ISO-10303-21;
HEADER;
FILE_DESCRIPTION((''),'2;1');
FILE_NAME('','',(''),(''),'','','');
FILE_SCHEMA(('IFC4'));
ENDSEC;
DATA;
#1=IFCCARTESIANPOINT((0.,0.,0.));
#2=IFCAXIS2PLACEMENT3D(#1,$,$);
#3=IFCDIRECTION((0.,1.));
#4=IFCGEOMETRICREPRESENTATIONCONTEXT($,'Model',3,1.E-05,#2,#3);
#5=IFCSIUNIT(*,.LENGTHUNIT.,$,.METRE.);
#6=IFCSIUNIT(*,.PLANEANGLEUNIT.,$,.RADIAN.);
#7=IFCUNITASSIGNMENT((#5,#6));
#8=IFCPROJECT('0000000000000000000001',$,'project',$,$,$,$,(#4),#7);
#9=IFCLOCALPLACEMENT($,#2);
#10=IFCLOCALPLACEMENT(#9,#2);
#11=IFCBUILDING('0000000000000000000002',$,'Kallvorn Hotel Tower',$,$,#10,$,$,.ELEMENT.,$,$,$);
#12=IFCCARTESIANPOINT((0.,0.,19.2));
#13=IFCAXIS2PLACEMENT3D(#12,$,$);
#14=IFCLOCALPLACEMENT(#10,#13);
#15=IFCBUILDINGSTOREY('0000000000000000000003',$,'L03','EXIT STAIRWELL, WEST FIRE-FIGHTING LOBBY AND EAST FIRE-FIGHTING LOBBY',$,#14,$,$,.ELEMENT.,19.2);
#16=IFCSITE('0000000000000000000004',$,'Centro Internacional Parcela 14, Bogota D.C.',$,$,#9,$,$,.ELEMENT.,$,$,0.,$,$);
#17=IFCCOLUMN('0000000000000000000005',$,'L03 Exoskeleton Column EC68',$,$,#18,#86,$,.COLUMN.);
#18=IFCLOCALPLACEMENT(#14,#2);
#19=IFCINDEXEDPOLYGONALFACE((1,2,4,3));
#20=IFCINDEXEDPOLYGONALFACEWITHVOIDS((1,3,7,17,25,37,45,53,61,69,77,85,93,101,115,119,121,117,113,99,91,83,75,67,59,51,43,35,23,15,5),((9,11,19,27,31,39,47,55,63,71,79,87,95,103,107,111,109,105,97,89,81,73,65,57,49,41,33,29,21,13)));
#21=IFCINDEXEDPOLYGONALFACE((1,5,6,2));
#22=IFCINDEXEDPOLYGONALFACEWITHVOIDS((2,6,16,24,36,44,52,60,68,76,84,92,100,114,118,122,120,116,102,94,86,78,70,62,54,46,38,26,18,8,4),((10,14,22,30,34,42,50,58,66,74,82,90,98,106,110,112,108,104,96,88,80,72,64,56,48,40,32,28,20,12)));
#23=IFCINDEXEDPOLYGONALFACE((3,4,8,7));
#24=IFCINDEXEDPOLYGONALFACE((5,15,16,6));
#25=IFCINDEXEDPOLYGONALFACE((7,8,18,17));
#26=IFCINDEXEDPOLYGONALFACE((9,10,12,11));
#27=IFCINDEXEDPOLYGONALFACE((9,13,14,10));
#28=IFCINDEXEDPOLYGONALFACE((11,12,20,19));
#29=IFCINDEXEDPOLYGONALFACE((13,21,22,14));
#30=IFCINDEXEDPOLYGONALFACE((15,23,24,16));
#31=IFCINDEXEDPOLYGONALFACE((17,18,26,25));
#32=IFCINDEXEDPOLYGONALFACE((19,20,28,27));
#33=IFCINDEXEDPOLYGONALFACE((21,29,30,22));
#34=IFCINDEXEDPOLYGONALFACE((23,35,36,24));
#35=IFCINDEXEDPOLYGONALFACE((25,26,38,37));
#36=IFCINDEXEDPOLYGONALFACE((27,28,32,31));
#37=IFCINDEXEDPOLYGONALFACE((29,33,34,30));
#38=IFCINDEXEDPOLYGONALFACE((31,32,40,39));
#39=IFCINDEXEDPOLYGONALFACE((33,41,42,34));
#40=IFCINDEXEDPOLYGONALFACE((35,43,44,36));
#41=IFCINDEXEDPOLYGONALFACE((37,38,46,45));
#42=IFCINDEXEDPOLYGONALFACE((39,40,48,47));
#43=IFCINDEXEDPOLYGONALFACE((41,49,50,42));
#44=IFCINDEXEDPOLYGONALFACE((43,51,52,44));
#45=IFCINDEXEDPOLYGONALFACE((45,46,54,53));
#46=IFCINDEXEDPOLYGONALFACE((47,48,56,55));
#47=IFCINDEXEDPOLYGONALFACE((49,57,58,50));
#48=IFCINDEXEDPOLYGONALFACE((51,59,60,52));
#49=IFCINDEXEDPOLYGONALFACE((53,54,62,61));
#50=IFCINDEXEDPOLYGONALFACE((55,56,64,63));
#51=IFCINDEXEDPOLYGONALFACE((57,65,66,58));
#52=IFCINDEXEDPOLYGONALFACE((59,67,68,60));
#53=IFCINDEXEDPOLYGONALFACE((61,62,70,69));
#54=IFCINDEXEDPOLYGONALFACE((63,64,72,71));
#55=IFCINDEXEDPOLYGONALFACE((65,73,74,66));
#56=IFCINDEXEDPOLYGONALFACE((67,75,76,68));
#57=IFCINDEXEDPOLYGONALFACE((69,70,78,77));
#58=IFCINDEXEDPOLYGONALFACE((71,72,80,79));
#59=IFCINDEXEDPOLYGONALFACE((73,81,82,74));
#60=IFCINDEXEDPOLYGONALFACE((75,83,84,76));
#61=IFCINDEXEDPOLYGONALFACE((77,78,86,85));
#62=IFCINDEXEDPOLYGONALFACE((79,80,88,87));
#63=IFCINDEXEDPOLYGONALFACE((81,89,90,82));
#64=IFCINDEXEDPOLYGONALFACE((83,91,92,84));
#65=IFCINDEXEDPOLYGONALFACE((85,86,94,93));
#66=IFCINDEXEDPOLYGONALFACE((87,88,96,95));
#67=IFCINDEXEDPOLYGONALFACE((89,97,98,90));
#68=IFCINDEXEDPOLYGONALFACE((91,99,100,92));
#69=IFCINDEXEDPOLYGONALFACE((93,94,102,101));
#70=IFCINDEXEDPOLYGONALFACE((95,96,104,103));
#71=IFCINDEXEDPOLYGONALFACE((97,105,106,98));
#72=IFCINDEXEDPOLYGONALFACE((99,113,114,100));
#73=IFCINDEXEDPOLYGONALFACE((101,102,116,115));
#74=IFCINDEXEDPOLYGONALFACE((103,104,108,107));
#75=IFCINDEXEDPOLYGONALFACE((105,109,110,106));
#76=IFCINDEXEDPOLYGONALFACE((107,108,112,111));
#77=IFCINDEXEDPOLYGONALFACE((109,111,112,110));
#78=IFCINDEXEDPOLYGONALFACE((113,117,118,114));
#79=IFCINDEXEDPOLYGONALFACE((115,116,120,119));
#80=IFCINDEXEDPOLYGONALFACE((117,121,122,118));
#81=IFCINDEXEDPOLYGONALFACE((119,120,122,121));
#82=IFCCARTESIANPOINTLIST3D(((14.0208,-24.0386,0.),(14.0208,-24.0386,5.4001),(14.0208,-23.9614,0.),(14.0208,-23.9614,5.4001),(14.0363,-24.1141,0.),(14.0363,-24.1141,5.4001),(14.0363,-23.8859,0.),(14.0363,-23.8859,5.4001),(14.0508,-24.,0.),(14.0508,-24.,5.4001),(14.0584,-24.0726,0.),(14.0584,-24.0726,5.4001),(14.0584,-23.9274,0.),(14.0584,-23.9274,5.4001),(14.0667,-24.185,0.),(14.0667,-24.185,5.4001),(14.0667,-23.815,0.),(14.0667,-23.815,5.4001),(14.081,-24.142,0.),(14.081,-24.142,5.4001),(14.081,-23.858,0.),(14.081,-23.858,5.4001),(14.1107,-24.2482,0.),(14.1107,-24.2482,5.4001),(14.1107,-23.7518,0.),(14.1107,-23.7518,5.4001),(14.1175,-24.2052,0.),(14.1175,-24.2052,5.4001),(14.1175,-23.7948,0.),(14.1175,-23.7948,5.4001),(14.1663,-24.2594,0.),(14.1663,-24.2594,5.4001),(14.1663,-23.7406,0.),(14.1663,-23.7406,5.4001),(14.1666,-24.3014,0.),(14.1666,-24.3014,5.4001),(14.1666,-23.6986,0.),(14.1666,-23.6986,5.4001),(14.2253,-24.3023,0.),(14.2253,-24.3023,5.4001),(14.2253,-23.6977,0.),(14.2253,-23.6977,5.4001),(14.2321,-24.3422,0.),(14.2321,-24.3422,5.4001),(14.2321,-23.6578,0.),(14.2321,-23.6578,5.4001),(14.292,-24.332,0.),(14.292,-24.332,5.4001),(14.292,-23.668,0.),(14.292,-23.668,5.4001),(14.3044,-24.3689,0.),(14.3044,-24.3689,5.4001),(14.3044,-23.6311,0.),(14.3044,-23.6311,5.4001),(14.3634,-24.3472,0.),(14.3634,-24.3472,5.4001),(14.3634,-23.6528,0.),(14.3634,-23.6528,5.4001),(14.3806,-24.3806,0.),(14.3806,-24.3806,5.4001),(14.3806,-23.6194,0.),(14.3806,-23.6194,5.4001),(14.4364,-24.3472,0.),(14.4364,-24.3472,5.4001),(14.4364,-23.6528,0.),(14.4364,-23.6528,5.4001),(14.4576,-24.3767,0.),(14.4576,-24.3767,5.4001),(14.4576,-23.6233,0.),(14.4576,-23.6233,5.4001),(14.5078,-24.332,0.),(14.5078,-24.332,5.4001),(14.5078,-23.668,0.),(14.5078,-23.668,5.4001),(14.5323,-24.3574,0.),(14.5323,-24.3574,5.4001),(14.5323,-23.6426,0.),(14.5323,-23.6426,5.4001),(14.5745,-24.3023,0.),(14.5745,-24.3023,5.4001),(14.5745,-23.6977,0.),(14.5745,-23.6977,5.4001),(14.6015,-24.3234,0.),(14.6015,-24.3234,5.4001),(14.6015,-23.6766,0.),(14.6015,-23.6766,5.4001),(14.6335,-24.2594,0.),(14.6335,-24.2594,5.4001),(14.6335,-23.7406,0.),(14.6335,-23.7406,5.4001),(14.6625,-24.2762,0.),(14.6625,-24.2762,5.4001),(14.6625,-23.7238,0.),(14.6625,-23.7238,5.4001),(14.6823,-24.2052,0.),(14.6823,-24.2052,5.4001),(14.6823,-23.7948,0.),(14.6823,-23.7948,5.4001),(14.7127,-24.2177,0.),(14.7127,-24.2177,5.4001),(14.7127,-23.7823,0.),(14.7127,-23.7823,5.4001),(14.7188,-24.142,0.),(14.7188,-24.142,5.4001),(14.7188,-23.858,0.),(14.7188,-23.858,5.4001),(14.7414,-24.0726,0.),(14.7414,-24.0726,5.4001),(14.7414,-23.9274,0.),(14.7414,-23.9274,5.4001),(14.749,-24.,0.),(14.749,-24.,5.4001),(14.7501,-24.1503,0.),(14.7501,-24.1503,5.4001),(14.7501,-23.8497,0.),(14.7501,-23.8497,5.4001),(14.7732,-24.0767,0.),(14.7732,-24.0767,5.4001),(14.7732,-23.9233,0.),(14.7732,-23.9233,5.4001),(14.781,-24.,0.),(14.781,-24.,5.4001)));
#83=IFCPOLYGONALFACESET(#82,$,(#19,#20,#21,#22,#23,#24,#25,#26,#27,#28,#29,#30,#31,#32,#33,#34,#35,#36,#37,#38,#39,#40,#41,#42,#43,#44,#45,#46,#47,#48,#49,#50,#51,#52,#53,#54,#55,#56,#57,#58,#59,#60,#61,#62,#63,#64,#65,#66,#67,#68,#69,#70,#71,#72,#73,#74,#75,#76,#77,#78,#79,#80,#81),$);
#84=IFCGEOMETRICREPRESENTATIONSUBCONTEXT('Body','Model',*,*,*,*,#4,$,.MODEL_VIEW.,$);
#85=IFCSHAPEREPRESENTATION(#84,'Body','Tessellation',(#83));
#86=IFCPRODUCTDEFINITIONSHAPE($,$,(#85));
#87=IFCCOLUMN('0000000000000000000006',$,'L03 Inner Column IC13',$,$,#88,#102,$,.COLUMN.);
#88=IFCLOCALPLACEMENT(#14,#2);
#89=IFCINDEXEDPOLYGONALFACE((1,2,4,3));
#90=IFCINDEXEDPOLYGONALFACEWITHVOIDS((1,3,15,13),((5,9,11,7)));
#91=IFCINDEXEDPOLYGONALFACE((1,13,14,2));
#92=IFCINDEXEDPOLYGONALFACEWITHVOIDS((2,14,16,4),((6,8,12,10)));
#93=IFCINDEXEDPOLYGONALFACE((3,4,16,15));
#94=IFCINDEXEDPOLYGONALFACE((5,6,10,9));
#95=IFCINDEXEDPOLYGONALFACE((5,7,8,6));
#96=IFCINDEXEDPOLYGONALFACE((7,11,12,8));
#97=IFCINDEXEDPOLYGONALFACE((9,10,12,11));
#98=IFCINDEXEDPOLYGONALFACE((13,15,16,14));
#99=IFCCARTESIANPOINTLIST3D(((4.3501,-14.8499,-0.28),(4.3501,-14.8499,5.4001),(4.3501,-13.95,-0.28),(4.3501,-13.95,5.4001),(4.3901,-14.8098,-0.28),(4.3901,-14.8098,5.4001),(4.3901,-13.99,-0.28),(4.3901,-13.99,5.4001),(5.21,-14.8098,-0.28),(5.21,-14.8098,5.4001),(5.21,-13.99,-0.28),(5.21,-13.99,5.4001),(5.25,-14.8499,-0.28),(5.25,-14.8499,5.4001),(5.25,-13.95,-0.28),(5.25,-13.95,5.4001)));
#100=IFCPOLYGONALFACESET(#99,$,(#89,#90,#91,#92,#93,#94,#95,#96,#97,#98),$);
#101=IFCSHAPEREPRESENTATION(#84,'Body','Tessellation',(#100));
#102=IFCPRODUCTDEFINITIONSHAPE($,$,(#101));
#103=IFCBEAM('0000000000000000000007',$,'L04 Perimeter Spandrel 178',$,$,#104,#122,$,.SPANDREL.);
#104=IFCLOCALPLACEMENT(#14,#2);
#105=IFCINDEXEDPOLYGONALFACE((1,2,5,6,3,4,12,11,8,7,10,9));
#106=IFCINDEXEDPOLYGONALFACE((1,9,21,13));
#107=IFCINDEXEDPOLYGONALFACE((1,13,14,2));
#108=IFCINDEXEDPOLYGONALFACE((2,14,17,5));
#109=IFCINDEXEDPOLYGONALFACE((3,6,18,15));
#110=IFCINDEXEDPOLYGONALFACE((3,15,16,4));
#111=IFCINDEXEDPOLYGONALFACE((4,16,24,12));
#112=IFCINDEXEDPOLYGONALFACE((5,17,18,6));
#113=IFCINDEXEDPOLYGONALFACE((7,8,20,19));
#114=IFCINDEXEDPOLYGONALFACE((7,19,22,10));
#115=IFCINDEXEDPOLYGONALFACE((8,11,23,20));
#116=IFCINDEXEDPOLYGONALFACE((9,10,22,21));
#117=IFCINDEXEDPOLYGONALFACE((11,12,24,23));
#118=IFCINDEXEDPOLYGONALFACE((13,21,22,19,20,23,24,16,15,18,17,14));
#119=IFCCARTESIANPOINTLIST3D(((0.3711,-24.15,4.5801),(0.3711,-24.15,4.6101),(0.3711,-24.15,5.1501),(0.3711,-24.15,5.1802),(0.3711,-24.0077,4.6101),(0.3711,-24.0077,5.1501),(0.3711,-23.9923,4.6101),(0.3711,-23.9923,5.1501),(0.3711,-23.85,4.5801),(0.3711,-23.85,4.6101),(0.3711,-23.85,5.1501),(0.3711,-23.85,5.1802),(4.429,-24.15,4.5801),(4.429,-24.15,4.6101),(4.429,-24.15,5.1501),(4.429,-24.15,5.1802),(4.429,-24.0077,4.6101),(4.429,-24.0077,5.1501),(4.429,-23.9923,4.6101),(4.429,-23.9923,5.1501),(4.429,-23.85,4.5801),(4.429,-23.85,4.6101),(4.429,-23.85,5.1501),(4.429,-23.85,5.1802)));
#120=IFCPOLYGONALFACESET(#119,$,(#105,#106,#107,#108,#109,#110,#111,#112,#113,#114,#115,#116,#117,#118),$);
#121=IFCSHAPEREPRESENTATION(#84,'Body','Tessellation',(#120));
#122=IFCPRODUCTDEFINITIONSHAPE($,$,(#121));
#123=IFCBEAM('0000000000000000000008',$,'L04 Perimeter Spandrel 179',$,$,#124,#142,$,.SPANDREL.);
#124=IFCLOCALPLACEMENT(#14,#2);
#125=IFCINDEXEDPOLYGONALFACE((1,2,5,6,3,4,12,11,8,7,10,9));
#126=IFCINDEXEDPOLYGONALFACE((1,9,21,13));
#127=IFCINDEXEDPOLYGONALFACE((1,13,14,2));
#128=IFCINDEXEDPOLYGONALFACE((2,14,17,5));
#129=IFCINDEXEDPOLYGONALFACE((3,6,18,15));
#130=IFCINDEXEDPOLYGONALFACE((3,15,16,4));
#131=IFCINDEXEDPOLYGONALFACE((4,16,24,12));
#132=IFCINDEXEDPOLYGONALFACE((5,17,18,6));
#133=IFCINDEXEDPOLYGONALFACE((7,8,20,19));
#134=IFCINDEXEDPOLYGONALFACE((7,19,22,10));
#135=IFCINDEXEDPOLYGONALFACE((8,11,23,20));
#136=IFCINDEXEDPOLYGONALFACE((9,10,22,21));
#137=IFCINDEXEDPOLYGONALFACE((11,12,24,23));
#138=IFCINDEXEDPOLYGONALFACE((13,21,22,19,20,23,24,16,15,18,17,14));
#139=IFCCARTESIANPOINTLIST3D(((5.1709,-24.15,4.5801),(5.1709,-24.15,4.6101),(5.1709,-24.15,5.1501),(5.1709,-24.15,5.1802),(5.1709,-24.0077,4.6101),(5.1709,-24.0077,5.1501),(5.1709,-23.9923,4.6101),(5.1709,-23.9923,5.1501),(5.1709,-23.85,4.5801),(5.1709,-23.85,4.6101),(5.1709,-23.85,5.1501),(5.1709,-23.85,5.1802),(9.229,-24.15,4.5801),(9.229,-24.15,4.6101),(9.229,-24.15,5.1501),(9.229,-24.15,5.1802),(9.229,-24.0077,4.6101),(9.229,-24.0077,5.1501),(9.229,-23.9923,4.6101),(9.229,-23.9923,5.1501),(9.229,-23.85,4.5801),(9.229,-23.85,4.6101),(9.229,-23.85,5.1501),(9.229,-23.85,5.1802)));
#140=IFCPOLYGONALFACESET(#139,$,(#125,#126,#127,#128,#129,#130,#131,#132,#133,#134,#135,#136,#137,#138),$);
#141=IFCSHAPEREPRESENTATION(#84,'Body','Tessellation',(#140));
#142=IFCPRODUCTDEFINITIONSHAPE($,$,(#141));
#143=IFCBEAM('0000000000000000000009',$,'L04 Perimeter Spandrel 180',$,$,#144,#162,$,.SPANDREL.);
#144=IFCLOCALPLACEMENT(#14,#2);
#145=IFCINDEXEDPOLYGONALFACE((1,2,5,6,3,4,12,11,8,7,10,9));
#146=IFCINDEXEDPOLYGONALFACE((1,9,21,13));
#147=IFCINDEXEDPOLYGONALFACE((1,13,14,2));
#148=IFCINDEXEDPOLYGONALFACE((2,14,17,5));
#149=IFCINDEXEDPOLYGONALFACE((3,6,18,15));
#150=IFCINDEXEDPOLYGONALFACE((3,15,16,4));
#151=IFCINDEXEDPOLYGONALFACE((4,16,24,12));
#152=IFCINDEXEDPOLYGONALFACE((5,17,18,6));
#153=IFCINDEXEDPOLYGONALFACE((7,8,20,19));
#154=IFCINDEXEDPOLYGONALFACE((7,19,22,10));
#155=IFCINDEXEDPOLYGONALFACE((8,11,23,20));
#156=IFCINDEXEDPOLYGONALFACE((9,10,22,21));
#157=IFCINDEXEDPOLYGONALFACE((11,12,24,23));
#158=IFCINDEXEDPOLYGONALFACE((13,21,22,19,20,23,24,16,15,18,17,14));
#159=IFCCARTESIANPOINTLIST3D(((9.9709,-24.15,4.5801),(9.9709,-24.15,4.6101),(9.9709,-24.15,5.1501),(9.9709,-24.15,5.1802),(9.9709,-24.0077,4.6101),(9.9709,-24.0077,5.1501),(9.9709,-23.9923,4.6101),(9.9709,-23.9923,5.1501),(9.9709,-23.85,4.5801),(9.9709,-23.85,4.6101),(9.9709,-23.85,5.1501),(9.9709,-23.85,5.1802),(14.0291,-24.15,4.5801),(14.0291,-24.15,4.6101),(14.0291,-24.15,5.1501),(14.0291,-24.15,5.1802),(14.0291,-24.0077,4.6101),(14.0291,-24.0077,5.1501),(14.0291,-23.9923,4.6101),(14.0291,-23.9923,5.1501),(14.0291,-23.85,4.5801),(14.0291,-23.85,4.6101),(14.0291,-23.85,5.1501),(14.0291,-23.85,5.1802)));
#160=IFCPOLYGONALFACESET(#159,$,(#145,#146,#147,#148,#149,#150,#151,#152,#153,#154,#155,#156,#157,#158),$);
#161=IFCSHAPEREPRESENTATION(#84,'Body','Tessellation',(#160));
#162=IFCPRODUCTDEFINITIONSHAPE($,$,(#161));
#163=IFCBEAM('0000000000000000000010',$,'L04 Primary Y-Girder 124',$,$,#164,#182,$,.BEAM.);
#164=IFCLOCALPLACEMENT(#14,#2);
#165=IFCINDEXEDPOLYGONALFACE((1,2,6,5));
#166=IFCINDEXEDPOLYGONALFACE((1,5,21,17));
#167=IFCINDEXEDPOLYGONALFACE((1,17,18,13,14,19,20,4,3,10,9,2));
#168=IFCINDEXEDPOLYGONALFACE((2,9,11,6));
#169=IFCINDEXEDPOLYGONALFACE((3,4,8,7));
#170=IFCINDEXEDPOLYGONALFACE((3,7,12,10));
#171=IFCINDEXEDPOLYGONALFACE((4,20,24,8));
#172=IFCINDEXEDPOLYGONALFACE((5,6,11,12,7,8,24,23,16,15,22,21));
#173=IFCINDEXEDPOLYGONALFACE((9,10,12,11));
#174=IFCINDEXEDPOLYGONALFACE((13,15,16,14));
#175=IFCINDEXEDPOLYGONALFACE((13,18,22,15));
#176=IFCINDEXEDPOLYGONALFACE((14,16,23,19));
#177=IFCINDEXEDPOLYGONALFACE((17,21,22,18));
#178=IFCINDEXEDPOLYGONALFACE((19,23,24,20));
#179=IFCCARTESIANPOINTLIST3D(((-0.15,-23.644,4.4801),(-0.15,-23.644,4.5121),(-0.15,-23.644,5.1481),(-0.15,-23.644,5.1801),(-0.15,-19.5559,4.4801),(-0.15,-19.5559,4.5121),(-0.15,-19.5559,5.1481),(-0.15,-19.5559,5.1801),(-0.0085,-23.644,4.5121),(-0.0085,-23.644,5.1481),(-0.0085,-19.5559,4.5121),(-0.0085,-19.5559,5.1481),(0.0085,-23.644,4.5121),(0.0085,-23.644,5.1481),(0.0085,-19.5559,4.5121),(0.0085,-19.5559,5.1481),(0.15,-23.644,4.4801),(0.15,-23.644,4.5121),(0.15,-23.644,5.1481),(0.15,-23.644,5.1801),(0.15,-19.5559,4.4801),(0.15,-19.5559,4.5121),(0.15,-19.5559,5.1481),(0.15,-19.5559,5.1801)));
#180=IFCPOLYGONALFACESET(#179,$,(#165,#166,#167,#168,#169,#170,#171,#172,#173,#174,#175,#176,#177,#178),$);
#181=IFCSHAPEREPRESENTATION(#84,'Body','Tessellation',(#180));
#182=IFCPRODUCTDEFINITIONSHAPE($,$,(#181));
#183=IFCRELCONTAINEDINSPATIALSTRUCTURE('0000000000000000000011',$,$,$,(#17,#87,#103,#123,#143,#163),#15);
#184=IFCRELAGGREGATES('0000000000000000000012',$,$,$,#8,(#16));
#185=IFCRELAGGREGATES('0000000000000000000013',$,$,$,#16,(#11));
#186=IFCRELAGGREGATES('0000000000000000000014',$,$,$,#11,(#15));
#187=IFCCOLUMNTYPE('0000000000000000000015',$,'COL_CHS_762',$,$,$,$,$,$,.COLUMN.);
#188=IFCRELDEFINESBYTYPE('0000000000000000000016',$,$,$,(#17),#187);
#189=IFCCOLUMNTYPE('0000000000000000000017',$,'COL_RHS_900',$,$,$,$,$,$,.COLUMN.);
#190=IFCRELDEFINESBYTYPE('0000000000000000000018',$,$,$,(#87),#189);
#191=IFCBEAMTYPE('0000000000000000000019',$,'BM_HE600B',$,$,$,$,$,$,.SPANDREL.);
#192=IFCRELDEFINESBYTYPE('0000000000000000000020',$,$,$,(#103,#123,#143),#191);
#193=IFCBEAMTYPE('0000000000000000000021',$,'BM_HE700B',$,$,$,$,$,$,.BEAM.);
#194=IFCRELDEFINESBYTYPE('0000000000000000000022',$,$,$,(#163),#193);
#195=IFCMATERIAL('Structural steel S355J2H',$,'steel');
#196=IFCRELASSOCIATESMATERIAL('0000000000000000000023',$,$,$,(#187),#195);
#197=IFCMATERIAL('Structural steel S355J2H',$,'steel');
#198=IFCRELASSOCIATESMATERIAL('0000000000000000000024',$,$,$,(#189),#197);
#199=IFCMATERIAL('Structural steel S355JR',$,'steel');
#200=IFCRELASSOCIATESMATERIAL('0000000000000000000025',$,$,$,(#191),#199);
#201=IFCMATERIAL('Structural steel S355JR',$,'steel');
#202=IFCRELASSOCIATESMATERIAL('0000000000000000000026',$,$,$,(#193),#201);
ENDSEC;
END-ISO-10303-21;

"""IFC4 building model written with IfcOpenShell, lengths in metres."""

from ifc_helpers import new_model, si_unit, direction, frame, origin, origin_2d, place, context, subcontext, project, spatial, hollow_rectangle, hollow_circle, i_section, extrude, material, material_profile, profile_set, type_object, element, save


model = new_model("IFC4")

# Units and contexts
model_context = context("Model", 3, precision=1e-05, world=origin(), true_north=direction((0.0, 1.0)))
body_context = subcontext(model_context, "Body", "Model", "MODEL_VIEW")
ifc_project = project(units=[si_unit("LENGTHUNIT", "METRE"), si_unit("PLANEANGLEUNIT", "RADIAN")], contexts=[model_context])

# Site, building, storey
site_placement = place(None, origin())
site = spatial("IfcSite", under=ifc_project, at=site_placement, Name="Centro Internacional Parcela 14, Bogota D.C.", CompositionType="ELEMENT", RefElevation=0.0)
building_placement = place(site_placement, origin())
building = spatial("IfcBuilding", under=site, at=building_placement, Name="Kallvorn Hotel Tower", CompositionType="ELEMENT")
storey_placement = place(building_placement, frame((0.0, 0.0, 19.2)))
storey = spatial("IfcBuildingStorey", under=building, at=storey_placement, Name="L03", Description="EXIT STAIRWELL, WEST FIRE-FIGHTING LOBBY AND EAST FIRE-FIGHTING LOBBY", CompositionType="ELEMENT", Elevation=19.2)

# Columns
ifc_material_1 = material(Name="Structural steel S355J2H", Category="steel")
ifc_material_profile_1 = material_profile(ifc_material_1, hollow_circle(Radius=0.3811, WallThickness=0.032, at=origin_2d()), Name="CHS 762x32")
ifc_profile_set_1 = profile_set([ifc_material_profile_1], Name="Structural steel S355J2H")
column_type_1 = type_object("IfcColumnType", Name="COL_CHS_762", PredefinedType="COLUMN", material=ifc_profile_set_1)
for number, where, z_axis, x_axis, name in (
    (1, (14.3999, -24.0, 0.0), (0.0, 0.0, 1.0), (1.0, 0.0, 0.0), "L03 Exoskeleton Column EC68"),
):
    element("IfcColumn", number, at=place(storey_placement, frame(where, z_axis=z_axis, x_axis=x_axis)), inside=storey, type_object=column_type_1, Name=name, PredefinedType="COLUMN", context=body_context, shape_type="SweptSolid", body=[
        extrude(hollow_circle(Radius=0.3811, WallThickness=0.032, at=origin_2d()), origin(), (0.0, 0.0, 1.0), 5.4001),
    ])
ifc_material_2 = material(Name="Structural steel S355J2H", Category="steel")
ifc_material_profile_2 = material_profile(ifc_material_2, hollow_rectangle(XDim=0.8999, YDim=0.8999, WallThickness=0.04, at=origin_2d()), Name="RHS 900x900x40")
ifc_profile_set_2 = profile_set([ifc_material_profile_2], Name="Structural steel S355J2H")
column_type_2 = type_object("IfcColumnType", Name="COL_RHS_900", PredefinedType="COLUMN", material=ifc_profile_set_2)
column_placement = place(storey_placement, frame((4.8, -14.3999, -0.28), z_axis=(0.0, 0.0, 1.0), x_axis=(1.0, 0.0, 0.0)))
element("IfcColumn", 2, at=column_placement, inside=storey, type_object=column_type_2, Name="L03 Inner Column IC13", PredefinedType="COLUMN", context=body_context, shape_type="SweptSolid", body=[
    extrude(hollow_rectangle(XDim=0.8999, YDim=0.8999, WallThickness=0.04, at=origin_2d()), origin(), (0.0, 0.0, 1.0), 5.6802),
])

# Beams
ifc_material_3 = material(Name="Structural steel S355JR", Category="steel")
ifc_material_profile_3 = material_profile(ifc_material_3, i_section(OverallWidth=0.3, OverallDepth=0.6001, WebThickness=0.0154, FlangeThickness=0.03, at=origin_2d()), Name="HE 600 B")
ifc_profile_set_3 = profile_set([ifc_material_profile_3], Name="Structural steel S355JR")
beam_type_1 = type_object("IfcBeamType", Name="BM_HE600B", PredefinedType="SPANDREL", material=ifc_profile_set_3)
beam_1_placement = place(storey_placement, frame((0.3711, -24.0, 4.8801), z_axis=(1.0, 0.0, 0.0), x_axis=(0.0, 1.0, 0.0)))
element("IfcBeam", 3, at=beam_1_placement, inside=storey, type_object=beam_type_1, Name="L04 Perimeter Spandrel 178", PredefinedType="SPANDREL", context=body_context, shape_type="SweptSolid", body=[
    extrude(i_section(OverallWidth=0.3, OverallDepth=0.6001, WebThickness=0.0154, FlangeThickness=0.03, at=origin_2d()), origin(), (0.0, 0.0, 1.0), 4.0579),
])
for number, where, z_axis, x_axis, name in (
    (4, (5.1709, -24.0, 4.8801), (1.0, 0.0, 0.0), (0.0, 1.0, 0.0), "L04 Perimeter Spandrel 179"),
    (5, (9.9709, -24.0, 4.8801), (1.0, 0.0, 0.0), (0.0, 1.0, 0.0), "L04 Perimeter Spandrel 180"),
):
    element("IfcBeam", number, at=place(storey_placement, frame(where, z_axis=z_axis, x_axis=x_axis)), inside=storey, type_object=beam_type_1, Name=name, PredefinedType="SPANDREL", context=body_context, shape_type="SweptSolid", body=[
        extrude(i_section(OverallWidth=0.3, OverallDepth=0.6001, WebThickness=0.0154, FlangeThickness=0.03, at=origin_2d()), origin(), (0.0, 0.0, 1.0), 4.0581),
    ])
ifc_material_4 = material(Name="Structural steel S355JR", Category="steel")
ifc_material_profile_4 = material_profile(ifc_material_4, i_section(OverallWidth=0.3, OverallDepth=0.7, WebThickness=0.0171, FlangeThickness=0.032, at=origin_2d()), Name="HE 700 B")
ifc_profile_set_4 = profile_set([ifc_material_profile_4], Name="Structural steel S355JR")
beam_type_2 = type_object("IfcBeamType", Name="BM_HE700B", PredefinedType="BEAM", material=ifc_profile_set_4)
for number, where, z_axis, x_axis, name in (
    (6, (0.0, -23.644, 4.8301), (0.0, 1.0, 0.0), (-1.0, 0.0, 0.0), "L04 Primary Y-Girder 124"),
):
    element("IfcBeam", number, at=place(storey_placement, frame(where, z_axis=z_axis, x_axis=x_axis)), inside=storey, type_object=beam_type_2, Name=name, PredefinedType="BEAM", context=body_context, shape_type="SweptSolid", body=[
        extrude(i_section(OverallWidth=0.3, OverallDepth=0.7, WebThickness=0.0171, FlangeThickness=0.032, at=origin_2d()), origin(), (0.0, 0.0, 1.0), 4.0881),
    ])

save(model, "model.ifc")
